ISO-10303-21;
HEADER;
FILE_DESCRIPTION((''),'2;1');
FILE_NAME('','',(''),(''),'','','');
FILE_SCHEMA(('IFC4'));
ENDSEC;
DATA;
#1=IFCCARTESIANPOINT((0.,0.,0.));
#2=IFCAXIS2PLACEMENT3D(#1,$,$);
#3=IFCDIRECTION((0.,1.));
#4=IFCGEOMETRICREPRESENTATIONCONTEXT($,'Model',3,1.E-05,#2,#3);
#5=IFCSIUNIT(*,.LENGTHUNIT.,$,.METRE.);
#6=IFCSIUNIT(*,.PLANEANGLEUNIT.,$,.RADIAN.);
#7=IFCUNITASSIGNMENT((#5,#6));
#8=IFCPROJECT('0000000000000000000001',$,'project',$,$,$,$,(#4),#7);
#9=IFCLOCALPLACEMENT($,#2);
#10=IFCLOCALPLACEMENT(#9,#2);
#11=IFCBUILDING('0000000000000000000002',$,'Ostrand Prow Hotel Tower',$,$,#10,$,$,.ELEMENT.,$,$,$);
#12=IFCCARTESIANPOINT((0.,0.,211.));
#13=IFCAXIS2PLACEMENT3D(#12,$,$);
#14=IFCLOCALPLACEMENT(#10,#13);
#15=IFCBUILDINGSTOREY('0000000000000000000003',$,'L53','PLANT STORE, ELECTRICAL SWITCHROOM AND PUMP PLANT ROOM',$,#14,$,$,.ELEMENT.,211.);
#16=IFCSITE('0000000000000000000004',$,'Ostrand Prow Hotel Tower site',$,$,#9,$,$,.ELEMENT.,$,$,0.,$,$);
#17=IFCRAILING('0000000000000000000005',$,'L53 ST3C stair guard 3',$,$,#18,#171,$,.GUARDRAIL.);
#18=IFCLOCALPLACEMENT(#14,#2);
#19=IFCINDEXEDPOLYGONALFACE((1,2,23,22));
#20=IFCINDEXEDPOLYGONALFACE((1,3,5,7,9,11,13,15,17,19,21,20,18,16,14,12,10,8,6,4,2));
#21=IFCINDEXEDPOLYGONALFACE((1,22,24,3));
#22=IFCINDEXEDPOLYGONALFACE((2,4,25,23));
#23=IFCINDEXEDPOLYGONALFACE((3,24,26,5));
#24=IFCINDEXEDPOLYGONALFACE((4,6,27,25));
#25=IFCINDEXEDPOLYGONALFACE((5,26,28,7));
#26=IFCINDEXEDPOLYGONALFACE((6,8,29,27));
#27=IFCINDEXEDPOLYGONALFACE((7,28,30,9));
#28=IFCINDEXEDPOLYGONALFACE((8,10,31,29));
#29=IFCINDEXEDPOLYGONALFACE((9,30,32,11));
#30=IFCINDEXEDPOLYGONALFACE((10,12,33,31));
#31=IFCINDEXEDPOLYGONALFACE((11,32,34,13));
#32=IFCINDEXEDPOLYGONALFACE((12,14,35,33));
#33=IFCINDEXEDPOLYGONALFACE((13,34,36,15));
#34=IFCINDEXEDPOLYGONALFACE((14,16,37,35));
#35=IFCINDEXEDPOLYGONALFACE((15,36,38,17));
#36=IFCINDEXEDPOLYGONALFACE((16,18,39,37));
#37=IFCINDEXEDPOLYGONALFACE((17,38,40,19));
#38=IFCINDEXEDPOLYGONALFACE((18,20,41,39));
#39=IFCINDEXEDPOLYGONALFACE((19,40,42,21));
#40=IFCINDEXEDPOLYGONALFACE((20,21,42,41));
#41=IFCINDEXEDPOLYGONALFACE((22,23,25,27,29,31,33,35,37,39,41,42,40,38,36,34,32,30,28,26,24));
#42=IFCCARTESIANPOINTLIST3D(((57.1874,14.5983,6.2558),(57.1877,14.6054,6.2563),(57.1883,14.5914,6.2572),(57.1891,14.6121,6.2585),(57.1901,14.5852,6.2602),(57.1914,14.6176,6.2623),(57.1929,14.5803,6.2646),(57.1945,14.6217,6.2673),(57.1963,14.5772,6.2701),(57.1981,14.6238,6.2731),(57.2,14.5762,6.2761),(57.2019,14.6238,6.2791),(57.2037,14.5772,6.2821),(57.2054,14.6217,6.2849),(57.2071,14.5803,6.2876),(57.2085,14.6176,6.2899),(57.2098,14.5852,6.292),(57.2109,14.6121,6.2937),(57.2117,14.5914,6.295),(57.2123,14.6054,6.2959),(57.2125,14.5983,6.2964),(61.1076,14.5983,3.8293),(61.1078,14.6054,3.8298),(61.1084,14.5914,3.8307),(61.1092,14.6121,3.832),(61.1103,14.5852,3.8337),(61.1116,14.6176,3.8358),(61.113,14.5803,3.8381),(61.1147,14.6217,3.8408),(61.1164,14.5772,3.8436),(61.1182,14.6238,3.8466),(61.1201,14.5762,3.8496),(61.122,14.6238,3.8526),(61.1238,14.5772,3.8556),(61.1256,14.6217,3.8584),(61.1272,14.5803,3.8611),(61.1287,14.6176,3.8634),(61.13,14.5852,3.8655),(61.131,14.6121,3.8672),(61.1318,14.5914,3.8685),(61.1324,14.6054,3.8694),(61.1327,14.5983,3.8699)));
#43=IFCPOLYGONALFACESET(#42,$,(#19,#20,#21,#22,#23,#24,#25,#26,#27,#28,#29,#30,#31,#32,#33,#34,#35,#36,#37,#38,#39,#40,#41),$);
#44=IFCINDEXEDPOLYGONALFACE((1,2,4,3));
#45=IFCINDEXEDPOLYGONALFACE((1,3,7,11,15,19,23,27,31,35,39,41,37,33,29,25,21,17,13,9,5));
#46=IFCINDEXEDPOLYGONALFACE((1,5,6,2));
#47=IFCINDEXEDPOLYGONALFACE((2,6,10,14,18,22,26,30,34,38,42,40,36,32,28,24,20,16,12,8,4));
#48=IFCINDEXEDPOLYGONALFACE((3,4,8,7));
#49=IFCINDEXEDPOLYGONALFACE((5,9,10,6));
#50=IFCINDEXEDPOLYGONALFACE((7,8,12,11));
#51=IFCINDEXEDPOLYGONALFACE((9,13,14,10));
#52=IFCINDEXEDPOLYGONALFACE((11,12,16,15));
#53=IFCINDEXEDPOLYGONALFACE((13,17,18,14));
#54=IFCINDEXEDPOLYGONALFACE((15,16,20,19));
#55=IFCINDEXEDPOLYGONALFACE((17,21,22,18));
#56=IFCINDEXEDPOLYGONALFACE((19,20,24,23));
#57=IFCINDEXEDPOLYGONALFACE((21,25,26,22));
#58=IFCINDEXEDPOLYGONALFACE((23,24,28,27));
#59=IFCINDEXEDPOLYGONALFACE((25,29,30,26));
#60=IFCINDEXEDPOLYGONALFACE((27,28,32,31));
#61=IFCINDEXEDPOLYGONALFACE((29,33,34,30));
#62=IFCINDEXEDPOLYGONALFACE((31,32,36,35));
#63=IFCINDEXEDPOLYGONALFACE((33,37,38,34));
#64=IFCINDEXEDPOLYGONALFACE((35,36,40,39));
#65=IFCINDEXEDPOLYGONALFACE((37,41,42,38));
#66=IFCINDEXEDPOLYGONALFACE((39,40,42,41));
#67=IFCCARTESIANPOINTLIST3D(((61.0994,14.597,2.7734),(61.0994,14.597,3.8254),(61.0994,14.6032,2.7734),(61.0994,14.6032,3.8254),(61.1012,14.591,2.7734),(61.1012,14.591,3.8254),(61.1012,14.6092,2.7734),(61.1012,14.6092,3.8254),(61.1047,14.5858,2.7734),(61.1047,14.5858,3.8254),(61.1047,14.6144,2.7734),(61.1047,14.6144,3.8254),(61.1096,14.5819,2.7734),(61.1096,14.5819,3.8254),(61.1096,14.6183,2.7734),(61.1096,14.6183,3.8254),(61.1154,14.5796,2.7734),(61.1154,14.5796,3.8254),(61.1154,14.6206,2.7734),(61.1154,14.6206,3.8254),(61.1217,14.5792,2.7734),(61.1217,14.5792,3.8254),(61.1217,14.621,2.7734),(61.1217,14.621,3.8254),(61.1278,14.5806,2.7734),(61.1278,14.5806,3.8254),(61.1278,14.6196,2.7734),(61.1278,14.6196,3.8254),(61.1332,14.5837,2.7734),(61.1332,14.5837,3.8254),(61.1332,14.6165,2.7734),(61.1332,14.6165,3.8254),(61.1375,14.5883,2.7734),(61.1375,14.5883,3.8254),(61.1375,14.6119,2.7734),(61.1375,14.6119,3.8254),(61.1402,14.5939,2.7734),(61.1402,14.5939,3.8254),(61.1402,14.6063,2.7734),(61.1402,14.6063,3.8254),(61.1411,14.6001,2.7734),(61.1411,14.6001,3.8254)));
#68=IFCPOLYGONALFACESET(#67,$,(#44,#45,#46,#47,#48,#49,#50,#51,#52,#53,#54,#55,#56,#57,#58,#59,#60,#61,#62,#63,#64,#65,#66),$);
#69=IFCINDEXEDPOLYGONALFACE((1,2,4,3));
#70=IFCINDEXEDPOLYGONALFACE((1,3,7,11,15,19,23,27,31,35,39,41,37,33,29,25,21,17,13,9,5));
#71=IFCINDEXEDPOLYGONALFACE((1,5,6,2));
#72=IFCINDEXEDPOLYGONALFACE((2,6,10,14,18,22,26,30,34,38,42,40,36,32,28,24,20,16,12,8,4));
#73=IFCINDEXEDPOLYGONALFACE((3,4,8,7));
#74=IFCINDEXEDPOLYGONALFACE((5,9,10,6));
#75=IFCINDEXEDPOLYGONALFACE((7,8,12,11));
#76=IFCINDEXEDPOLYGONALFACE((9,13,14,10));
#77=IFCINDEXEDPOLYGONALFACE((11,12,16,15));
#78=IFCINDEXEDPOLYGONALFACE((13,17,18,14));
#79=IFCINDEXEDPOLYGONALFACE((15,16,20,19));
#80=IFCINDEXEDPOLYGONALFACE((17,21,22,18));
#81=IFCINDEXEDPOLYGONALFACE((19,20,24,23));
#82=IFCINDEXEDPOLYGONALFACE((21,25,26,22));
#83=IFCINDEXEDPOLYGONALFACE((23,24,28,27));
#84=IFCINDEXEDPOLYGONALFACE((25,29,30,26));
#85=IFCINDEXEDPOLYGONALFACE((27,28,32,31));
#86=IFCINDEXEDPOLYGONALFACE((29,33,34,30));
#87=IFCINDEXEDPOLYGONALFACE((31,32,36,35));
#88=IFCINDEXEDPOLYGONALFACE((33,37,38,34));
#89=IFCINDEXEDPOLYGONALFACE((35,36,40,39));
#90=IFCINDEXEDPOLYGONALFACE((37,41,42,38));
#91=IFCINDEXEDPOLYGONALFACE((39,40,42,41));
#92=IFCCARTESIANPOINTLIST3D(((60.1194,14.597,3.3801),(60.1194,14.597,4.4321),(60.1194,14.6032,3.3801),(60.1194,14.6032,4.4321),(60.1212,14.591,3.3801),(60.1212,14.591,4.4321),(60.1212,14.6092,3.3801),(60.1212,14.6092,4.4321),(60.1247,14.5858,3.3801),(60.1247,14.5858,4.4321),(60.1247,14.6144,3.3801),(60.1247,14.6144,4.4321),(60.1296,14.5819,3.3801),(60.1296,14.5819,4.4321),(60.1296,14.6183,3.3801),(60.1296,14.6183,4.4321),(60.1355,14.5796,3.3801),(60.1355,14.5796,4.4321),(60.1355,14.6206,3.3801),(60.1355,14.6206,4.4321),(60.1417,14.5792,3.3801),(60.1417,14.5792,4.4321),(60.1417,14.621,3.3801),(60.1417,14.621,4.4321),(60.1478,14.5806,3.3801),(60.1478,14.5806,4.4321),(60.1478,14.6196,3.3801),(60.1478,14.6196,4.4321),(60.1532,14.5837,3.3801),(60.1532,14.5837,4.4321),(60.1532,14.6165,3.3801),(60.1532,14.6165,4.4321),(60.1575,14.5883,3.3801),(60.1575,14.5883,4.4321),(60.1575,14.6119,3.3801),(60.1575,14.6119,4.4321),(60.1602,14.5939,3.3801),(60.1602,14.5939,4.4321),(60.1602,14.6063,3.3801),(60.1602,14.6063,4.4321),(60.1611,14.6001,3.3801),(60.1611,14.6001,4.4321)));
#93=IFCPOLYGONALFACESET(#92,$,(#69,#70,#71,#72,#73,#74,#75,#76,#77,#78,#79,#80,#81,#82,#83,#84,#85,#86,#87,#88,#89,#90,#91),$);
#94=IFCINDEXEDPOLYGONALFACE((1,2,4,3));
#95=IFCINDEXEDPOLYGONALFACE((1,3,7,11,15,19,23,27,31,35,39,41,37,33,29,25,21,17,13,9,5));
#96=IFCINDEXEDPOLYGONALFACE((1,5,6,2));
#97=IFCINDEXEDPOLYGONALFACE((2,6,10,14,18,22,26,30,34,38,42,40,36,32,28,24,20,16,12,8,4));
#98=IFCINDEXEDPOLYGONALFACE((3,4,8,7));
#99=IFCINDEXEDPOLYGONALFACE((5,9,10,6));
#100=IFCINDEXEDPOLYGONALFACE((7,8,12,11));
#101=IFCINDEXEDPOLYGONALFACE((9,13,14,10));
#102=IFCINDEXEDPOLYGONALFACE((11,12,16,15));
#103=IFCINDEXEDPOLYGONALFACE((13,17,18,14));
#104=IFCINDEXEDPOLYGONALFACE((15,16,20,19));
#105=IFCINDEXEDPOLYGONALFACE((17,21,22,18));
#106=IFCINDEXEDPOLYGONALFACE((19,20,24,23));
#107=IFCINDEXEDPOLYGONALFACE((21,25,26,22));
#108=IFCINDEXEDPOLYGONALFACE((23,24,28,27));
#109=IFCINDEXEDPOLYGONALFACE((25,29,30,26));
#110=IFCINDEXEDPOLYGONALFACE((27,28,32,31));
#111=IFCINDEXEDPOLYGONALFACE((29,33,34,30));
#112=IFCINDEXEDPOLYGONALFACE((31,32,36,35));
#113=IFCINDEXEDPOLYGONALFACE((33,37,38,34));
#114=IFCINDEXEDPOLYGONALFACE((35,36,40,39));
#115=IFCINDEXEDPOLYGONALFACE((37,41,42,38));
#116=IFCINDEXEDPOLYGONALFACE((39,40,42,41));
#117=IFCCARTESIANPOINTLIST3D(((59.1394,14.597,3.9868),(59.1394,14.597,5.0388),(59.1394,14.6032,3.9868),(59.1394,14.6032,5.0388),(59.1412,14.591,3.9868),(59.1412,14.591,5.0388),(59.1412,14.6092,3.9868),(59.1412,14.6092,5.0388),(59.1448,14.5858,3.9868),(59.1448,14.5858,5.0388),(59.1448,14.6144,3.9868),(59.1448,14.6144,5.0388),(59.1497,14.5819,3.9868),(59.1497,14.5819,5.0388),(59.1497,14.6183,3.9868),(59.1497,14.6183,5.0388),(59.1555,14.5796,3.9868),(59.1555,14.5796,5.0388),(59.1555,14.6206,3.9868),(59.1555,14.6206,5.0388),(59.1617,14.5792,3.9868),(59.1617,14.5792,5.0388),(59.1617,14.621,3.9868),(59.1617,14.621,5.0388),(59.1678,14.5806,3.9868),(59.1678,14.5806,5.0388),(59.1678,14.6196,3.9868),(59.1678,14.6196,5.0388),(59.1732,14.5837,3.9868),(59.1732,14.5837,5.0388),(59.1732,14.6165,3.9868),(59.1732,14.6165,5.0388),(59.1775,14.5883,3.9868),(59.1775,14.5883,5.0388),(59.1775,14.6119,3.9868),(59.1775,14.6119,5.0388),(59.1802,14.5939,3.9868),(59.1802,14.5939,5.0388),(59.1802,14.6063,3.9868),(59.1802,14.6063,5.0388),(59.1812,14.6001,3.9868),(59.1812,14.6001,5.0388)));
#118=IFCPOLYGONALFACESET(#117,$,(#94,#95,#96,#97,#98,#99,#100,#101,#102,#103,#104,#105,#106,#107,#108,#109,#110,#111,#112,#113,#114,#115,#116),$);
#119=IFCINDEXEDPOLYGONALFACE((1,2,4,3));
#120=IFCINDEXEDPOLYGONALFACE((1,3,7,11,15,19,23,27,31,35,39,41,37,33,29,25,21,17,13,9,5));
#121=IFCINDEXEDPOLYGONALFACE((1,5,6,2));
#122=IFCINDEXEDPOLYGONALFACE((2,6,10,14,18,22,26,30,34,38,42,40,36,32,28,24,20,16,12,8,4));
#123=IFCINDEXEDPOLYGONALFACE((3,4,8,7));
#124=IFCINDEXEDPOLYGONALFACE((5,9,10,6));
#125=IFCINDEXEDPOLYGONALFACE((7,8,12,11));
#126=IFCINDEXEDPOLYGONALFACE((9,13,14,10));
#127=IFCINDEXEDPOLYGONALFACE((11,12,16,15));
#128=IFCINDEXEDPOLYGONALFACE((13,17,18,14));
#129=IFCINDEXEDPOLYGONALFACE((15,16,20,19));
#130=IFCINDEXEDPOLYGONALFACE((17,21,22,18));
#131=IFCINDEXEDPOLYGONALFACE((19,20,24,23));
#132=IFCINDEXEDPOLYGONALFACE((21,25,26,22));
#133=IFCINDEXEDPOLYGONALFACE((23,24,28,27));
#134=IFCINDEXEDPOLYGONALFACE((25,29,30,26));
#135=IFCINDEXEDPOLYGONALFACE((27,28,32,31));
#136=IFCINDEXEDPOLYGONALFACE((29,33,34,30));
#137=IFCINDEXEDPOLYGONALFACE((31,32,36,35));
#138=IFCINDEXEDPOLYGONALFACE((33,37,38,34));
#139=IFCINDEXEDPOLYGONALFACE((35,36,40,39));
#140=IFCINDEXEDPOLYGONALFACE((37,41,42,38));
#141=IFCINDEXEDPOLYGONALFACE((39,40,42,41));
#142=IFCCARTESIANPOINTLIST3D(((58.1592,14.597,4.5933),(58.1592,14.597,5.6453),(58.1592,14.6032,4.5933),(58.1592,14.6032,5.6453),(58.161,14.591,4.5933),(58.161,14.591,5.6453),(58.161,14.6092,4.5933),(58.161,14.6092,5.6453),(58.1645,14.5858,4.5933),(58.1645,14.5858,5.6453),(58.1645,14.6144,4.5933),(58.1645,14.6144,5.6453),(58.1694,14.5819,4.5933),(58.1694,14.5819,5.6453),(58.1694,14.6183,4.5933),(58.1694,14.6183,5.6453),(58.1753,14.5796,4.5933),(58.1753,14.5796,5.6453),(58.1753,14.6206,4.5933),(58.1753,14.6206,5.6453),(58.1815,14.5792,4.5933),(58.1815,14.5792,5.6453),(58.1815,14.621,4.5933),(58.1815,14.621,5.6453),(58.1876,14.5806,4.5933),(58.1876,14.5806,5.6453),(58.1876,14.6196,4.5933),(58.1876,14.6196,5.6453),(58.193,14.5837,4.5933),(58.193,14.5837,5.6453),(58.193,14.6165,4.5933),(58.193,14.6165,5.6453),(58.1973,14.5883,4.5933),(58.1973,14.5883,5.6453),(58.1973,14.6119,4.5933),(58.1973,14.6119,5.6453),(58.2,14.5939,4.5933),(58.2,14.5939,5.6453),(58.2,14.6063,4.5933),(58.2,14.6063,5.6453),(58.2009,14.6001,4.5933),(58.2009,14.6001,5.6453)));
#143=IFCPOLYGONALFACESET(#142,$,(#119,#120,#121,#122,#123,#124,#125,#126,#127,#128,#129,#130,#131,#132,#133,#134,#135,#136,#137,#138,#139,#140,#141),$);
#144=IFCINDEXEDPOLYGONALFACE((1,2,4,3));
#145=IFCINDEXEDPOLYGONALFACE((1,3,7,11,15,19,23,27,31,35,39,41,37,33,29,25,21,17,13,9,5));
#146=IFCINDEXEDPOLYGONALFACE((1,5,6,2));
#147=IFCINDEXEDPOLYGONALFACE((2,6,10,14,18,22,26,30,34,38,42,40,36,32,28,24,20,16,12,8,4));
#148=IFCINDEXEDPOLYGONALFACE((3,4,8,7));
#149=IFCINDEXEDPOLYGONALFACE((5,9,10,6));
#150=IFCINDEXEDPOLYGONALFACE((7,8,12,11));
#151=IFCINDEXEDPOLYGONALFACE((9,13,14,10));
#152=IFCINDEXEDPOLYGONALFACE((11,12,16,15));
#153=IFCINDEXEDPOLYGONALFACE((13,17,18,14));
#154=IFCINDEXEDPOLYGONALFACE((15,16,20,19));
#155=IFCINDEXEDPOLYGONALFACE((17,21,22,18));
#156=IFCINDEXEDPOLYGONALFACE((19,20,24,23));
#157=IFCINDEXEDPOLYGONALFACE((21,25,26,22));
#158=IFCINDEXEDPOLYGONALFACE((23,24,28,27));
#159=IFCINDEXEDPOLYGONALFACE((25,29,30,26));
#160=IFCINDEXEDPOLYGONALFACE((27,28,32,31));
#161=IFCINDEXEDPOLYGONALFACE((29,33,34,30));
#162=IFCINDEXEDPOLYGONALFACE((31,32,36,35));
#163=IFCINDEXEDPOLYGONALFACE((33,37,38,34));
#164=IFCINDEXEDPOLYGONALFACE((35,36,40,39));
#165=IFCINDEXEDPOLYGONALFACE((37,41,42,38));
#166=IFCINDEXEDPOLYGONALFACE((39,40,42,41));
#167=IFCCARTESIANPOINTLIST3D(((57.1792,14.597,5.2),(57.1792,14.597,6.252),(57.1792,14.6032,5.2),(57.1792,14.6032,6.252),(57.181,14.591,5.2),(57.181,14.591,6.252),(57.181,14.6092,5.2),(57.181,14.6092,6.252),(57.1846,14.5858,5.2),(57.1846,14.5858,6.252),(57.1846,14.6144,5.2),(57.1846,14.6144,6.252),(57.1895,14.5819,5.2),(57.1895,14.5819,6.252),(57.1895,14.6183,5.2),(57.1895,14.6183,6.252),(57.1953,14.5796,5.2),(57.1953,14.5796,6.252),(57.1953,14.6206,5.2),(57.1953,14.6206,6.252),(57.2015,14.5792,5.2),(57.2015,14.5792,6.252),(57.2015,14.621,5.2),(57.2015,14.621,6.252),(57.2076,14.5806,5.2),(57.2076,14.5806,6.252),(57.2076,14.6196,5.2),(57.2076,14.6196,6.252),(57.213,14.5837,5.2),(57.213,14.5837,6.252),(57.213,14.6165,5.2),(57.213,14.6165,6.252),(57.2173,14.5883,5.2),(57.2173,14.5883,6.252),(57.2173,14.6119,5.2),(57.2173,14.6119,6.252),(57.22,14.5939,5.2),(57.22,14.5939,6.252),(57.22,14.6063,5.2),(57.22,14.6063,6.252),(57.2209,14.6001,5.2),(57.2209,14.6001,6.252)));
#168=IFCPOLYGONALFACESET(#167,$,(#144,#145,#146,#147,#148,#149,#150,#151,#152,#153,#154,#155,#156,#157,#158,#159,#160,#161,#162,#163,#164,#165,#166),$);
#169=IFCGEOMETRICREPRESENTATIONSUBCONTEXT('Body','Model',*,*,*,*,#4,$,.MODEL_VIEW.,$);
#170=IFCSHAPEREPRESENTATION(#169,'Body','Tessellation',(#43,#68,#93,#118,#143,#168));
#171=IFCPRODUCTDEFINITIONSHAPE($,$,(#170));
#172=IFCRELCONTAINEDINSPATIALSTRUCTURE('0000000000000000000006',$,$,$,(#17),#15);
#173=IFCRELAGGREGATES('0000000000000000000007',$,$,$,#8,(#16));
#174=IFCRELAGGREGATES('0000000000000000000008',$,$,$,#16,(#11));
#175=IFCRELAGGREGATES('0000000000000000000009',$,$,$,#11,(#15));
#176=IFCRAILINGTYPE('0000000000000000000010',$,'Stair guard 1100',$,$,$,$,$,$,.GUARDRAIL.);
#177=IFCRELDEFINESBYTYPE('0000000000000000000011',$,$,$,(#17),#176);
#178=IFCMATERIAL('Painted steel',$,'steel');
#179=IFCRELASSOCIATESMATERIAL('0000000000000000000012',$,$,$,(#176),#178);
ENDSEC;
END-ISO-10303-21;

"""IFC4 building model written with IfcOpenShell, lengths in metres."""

from ifc_helpers import new_model, si_unit, direction, frame, origin, origin_2d, place, context, subcontext, project, spatial, circle, extrude, material, type_object, element, save


model = new_model("IFC4")

# Units and contexts
model_context = context("Model", 3, precision=1e-05, world=origin(), true_north=direction((0.0, 1.0)))
body_context = subcontext(model_context, "Body", "Model", "MODEL_VIEW")
ifc_project = project(units=[si_unit("LENGTHUNIT", "METRE"), si_unit("PLANEANGLEUNIT", "RADIAN")], contexts=[model_context])

# Site, building, storey
site_placement = place(None, origin())
site = spatial("IfcSite", under=ifc_project, at=site_placement, Name="Ostrand Prow Hotel Tower site", CompositionType="ELEMENT", RefElevation=0.0)
building_placement = place(site_placement, origin())
building = spatial("IfcBuilding", under=site, at=building_placement, Name="Ostrand Prow Hotel Tower", CompositionType="ELEMENT")
storey_placement = place(building_placement, frame((0.0, 0.0, 211.0)))
storey = spatial("IfcBuildingStorey", under=building, at=storey_placement, Name="L53", Description="PLANT STORE, ELECTRICAL SWITCHROOM AND PUMP PLANT ROOM", CompositionType="ELEMENT", Elevation=211.0)

# Railing
ifc_material_1 = material(Name="Painted steel", Category="steel")
railing_type_1 = type_object("IfcRailingType", Name="Stair guard 1100", PredefinedType="GUARDRAIL", material=ifc_material_1)
railing_1_placement = place(storey_placement, frame((61.1201, 14.6001, 2.7734)))
element("IfcRailing", 1, at=railing_1_placement, inside=storey, type_object=railing_type_1, Name="L53 ST3C stair guard 3", PredefinedType="GUARDRAIL", context=body_context, shape_type="SweptSolid", body=[
    extrude(circle(Radius=0.0239, at=origin_2d()), frame((0.0, 0.0, 1.0762), z_axis=(-0.85029, 0.0, 0.526315), x_axis=(0.0, -1.0, 0.0)), (0.0, 0.0, 1.0), 4.6104),
    extrude(circle(Radius=0.021, at=origin_2d()), origin(), (0.0, 0.0, 1.0), 1.052),
    extrude(circle(Radius=0.021, at=origin_2d()), frame((-0.98, 0.0, 0.6067)), (0.0, 0.0, 1.0), 1.052),
    extrude(circle(Radius=0.021, at=origin_2d()), frame((-1.96, 0.0, 1.2134)), (0.0, 0.0, 1.0), 1.052),
    extrude(circle(Radius=0.021, at=origin_2d()), frame((-2.9402, 0.0, 1.8198)), (0.0, 0.0, 1.0), 1.052),
    extrude(circle(Radius=0.021, at=origin_2d()), frame((-3.9202, 0.0, 2.4265)), (0.0, 0.0, 1.0), 1.052),
])

save(model, "model.ifc")
